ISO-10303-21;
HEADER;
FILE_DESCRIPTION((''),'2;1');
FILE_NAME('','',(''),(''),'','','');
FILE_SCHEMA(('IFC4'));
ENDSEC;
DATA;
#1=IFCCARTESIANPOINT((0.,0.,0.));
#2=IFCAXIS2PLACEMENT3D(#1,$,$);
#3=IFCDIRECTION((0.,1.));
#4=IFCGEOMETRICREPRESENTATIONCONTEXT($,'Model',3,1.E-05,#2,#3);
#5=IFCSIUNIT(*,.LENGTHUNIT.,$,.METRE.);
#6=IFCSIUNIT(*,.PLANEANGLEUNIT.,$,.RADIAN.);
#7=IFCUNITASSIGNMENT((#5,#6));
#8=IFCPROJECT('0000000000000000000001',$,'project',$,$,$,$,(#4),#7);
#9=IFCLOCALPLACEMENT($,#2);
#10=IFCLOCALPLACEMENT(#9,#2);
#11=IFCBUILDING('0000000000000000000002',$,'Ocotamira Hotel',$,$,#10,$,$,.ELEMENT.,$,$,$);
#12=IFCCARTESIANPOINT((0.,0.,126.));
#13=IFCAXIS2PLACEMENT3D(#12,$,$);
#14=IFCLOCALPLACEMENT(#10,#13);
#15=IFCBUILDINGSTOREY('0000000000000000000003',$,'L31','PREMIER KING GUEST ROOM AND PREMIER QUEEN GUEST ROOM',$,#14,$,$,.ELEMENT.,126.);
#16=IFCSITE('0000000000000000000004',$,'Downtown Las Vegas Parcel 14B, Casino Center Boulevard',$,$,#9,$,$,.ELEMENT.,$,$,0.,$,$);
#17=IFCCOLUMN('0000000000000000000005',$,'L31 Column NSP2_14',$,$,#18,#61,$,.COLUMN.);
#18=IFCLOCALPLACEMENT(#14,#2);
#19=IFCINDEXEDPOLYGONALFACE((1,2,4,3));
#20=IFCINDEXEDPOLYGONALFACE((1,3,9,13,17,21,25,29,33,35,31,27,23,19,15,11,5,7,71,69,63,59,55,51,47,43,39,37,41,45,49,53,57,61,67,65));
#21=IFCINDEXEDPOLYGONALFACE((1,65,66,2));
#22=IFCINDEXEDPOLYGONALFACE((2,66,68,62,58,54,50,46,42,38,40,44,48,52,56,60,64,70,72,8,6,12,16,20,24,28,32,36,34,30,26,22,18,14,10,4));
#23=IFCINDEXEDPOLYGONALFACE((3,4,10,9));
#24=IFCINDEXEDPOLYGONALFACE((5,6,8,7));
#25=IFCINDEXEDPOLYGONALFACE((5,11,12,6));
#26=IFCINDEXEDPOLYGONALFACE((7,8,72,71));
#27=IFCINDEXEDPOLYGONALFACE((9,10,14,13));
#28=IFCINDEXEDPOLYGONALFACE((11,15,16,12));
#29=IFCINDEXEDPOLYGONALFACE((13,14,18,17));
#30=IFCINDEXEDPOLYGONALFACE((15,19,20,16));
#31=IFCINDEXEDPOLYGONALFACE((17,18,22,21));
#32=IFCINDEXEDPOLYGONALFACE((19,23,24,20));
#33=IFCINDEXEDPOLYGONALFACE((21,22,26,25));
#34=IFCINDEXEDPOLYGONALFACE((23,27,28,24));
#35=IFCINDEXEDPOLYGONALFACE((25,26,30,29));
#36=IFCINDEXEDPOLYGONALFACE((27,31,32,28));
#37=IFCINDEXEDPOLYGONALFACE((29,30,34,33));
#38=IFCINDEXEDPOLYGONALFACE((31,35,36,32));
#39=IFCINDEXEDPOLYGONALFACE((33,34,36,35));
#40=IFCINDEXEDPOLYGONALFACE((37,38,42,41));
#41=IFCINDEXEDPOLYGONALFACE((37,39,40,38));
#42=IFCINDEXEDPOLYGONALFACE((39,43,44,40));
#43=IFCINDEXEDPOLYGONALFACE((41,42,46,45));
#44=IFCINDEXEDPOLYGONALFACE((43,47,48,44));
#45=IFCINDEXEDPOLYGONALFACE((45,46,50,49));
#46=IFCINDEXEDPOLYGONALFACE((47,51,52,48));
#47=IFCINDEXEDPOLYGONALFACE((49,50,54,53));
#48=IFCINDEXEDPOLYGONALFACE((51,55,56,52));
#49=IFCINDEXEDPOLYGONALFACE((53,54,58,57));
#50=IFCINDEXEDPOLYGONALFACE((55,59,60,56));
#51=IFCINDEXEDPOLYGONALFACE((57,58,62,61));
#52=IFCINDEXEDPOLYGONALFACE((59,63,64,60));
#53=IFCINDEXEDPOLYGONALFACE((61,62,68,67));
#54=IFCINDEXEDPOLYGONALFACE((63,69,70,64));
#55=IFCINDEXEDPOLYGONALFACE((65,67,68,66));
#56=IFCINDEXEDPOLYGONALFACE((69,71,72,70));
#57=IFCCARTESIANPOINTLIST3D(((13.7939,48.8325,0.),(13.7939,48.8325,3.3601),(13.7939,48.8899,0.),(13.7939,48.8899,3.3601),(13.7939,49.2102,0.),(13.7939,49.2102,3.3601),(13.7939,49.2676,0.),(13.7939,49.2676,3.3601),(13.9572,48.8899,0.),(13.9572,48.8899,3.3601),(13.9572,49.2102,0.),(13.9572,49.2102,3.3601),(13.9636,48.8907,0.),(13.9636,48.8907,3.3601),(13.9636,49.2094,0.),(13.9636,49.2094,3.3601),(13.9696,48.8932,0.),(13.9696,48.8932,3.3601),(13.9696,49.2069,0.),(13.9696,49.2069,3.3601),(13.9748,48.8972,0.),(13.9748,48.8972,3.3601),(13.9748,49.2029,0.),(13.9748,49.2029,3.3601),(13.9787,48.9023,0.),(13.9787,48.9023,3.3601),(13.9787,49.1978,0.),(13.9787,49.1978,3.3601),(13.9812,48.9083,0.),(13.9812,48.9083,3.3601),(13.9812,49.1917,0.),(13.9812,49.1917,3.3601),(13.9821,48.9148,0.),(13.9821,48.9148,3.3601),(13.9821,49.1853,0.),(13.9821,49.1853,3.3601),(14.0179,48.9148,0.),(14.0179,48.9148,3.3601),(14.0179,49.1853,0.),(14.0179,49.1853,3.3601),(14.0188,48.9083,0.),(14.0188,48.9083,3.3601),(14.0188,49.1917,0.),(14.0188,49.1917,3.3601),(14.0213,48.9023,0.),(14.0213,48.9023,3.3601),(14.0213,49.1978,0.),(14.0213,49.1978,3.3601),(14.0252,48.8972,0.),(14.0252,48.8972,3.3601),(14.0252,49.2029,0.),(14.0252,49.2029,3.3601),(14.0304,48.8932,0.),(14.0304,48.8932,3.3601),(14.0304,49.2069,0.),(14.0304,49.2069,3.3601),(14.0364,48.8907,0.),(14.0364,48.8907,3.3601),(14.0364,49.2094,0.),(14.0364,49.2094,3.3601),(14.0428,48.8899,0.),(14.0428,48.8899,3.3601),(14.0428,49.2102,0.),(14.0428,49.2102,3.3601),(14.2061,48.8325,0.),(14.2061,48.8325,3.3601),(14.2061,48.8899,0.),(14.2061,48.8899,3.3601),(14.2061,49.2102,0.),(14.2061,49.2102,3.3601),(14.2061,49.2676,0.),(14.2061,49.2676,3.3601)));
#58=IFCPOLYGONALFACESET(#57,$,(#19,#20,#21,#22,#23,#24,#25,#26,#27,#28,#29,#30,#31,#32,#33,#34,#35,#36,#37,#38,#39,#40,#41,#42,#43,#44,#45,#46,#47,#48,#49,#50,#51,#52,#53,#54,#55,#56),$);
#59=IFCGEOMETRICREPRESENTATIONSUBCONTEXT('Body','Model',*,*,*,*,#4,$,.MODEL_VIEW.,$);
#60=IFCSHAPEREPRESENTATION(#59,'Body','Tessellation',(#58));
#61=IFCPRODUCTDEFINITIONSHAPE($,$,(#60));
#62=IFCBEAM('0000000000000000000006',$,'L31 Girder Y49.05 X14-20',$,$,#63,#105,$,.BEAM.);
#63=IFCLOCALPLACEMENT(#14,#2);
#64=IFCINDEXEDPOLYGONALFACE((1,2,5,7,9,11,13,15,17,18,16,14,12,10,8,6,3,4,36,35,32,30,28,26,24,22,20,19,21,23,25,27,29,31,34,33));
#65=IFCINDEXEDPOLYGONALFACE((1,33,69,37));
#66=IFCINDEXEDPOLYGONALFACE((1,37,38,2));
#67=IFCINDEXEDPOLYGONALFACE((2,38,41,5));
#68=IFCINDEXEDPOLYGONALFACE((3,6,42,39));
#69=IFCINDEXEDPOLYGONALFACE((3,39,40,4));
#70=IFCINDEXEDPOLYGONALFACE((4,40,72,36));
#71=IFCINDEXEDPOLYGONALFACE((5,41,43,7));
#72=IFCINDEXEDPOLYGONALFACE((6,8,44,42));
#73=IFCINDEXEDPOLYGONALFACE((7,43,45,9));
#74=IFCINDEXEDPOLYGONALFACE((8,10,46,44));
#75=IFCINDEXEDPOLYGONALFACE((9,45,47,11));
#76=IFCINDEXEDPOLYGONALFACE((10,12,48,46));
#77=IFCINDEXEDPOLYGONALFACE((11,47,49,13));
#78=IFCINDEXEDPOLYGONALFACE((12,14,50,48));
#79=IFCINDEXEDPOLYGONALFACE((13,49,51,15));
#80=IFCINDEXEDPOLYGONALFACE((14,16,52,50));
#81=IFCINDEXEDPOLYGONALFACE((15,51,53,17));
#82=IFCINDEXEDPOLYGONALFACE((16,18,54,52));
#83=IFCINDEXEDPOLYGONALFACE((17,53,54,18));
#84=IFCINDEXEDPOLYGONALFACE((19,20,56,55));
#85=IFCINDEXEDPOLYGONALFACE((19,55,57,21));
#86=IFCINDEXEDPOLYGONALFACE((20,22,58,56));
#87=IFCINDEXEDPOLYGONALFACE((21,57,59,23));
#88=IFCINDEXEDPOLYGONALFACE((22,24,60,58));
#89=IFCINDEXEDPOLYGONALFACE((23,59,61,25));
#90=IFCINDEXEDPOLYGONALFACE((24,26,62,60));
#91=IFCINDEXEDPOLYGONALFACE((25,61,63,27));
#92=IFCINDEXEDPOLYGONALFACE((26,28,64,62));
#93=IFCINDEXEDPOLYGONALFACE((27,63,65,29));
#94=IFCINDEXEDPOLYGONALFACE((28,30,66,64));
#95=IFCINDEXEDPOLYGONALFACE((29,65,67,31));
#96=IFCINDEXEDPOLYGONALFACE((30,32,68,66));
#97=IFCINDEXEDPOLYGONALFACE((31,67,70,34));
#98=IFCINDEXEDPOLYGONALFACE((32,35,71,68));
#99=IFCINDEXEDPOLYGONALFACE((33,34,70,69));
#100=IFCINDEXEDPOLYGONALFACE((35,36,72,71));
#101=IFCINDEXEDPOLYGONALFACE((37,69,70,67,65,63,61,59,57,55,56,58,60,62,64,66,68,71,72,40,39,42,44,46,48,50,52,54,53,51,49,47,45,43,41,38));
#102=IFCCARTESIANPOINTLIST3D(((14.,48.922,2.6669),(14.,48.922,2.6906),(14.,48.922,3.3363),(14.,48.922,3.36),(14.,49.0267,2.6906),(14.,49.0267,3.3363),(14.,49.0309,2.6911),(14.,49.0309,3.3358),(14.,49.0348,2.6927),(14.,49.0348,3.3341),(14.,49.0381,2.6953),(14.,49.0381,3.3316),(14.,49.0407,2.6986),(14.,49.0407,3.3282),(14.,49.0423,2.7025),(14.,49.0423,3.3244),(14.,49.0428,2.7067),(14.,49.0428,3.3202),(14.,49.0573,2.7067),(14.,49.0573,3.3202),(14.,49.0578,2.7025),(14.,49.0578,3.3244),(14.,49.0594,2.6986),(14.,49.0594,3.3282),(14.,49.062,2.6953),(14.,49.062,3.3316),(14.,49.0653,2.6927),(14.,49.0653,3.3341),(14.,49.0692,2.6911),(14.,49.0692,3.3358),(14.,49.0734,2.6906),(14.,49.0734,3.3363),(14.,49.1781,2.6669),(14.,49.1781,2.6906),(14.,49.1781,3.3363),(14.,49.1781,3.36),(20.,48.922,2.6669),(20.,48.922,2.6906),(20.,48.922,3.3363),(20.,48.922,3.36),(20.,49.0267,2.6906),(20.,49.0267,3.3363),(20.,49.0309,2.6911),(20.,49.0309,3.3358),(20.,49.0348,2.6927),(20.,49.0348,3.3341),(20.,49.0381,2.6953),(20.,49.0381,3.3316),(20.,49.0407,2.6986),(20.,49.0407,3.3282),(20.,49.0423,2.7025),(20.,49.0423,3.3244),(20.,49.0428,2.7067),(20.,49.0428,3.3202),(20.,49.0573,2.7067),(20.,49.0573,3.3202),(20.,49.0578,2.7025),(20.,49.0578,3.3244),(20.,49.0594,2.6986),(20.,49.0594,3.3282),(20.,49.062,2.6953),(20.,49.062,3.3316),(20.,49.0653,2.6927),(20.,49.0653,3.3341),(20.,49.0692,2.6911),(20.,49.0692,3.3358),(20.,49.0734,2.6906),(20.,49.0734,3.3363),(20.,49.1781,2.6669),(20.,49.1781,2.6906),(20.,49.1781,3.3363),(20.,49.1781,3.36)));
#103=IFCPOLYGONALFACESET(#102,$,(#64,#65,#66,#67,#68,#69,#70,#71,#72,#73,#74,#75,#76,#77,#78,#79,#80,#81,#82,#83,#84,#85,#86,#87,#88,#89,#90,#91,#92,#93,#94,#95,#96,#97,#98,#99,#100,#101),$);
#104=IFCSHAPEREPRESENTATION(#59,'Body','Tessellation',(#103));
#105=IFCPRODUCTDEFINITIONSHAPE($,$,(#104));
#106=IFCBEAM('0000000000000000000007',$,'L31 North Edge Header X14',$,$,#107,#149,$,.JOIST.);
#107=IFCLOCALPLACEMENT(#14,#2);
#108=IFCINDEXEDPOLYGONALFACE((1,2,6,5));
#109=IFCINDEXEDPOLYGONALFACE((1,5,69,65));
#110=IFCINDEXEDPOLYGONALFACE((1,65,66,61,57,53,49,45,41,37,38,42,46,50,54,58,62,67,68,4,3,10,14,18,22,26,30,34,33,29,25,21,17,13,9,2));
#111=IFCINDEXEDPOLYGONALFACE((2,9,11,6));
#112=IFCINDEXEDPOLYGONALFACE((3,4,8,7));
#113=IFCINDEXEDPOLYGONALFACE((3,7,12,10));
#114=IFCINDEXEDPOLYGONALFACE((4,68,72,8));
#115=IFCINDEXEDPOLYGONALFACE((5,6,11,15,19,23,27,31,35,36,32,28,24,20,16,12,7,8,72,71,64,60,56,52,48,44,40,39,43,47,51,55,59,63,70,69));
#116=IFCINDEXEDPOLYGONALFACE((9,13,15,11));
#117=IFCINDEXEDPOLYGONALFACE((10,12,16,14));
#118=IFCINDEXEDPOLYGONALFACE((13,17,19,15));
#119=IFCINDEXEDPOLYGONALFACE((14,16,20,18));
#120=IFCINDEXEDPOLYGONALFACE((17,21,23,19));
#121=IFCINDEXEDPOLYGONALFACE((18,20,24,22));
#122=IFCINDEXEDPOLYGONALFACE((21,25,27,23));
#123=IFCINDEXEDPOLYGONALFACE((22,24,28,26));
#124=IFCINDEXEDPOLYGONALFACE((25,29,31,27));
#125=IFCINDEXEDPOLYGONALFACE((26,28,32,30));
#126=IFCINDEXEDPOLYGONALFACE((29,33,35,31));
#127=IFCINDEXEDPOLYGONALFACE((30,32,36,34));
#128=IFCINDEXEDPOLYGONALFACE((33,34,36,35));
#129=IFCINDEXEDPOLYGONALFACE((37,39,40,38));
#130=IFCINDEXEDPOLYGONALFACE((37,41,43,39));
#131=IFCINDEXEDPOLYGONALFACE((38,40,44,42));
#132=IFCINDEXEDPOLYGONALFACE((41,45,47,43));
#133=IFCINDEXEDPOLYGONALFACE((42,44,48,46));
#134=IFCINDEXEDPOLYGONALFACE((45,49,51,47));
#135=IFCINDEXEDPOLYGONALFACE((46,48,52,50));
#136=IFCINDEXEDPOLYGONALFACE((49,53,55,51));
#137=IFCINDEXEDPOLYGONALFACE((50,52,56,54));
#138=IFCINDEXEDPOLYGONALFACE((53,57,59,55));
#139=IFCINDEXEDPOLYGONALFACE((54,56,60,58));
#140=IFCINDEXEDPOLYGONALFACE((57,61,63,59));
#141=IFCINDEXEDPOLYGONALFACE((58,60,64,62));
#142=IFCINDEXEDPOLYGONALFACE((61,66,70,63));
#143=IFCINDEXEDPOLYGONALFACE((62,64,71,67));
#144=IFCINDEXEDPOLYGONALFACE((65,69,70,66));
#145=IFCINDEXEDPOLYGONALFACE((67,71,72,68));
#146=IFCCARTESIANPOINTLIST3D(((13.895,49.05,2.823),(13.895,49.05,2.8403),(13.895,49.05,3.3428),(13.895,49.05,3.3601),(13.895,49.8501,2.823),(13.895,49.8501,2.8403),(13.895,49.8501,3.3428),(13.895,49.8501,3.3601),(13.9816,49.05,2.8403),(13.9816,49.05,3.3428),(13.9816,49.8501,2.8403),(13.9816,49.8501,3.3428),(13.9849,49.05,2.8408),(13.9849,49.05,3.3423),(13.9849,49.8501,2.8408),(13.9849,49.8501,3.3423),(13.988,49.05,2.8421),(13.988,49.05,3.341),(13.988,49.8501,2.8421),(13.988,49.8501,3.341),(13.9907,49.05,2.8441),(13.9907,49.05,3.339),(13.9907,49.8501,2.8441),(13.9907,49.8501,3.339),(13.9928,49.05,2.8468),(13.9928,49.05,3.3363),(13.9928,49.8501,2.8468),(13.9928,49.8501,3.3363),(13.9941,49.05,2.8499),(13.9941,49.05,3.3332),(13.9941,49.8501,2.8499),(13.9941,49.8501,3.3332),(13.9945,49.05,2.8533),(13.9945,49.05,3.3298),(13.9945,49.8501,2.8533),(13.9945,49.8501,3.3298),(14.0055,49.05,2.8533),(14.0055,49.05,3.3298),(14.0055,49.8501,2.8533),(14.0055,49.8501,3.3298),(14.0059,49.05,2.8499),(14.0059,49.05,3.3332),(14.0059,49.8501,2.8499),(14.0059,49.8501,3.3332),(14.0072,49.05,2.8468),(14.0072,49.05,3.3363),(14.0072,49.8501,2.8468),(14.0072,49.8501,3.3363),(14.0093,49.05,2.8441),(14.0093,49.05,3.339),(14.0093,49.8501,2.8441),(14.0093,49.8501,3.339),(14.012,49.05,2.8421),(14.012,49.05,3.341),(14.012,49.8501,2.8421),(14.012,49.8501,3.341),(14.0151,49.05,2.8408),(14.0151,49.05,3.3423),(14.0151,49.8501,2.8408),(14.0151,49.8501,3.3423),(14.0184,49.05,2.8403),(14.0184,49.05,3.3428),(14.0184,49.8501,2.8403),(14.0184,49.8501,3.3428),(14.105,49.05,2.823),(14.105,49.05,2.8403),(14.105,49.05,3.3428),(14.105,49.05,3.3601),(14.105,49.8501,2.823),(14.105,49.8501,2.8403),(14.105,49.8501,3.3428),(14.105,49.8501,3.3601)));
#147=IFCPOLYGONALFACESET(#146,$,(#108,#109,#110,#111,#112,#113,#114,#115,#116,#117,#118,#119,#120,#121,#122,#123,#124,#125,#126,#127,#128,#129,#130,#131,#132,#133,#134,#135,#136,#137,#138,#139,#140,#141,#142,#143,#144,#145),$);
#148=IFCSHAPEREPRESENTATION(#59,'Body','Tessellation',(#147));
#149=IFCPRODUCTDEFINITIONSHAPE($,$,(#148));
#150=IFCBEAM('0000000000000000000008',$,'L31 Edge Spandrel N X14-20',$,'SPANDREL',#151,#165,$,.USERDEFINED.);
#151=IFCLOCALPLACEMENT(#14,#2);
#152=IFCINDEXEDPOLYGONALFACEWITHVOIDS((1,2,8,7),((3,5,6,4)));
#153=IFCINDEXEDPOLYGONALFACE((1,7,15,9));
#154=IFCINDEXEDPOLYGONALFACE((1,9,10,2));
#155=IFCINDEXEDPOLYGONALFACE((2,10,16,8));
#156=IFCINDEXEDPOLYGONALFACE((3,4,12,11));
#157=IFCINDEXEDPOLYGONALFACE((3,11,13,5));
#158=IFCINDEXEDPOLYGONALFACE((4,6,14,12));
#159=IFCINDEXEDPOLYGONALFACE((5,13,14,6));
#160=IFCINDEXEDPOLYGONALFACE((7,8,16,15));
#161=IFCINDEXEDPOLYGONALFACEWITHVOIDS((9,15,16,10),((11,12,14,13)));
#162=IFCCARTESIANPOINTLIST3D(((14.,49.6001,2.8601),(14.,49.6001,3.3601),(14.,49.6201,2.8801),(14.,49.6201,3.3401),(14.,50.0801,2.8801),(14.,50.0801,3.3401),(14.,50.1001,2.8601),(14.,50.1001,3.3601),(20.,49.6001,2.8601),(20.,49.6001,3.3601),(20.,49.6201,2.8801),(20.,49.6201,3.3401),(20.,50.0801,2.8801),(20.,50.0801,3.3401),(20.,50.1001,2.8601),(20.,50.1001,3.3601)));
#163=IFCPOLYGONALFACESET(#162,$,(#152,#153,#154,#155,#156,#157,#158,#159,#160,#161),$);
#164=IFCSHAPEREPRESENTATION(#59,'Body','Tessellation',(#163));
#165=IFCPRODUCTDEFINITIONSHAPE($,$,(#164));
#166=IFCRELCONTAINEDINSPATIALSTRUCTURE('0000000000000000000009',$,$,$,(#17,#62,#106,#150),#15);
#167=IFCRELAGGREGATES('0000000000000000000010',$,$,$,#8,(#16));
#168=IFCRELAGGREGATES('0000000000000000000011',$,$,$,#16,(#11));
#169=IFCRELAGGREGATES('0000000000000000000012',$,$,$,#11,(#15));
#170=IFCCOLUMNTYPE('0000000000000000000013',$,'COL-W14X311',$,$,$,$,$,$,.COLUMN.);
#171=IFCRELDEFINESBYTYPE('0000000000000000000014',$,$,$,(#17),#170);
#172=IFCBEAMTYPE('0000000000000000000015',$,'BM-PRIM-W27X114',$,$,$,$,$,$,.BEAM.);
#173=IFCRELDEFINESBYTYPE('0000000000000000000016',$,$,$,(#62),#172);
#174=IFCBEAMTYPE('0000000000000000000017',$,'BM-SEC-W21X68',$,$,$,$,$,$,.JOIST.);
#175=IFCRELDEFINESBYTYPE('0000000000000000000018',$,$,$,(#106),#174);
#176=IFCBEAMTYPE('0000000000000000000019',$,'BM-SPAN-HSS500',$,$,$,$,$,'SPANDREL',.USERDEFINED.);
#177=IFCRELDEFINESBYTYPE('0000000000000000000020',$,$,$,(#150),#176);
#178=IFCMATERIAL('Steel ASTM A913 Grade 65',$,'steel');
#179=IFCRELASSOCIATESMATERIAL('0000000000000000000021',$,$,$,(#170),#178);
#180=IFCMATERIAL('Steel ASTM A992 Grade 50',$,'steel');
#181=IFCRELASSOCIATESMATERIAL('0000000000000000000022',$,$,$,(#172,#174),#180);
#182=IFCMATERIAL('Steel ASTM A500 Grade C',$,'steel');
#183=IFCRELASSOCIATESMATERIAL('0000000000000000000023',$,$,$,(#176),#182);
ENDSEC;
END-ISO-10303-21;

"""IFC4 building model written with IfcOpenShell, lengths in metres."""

from ifc_helpers import new_model, si_unit, direction, frame, origin, origin_2d, place, context, subcontext, project, spatial, hollow_rectangle, i_section, extrude, source, transform, mapped, material, material_profile, profile_set, type_object, element, save


model = new_model("IFC4")

# Units and contexts
model_context = context("Model", 3, precision=1e-05, world=origin(), true_north=direction((0.0, 1.0)))
body_context = subcontext(model_context, "Body", "Model", "MODEL_VIEW")
ifc_project = project(units=[si_unit("LENGTHUNIT", "METRE"), si_unit("PLANEANGLEUNIT", "RADIAN")], contexts=[model_context])

# Site, building, storey
site_placement = place(None, origin())
site = spatial("IfcSite", under=ifc_project, at=site_placement, Name="Downtown Las Vegas Parcel 14B, Casino Center Boulevard", CompositionType="ELEMENT", RefElevation=0.0)
building_placement = place(site_placement, origin())
building = spatial("IfcBuilding", under=site, at=building_placement, Name="Ocotamira Hotel", CompositionType="ELEMENT")
storey_placement = place(building_placement, frame((0.0, 0.0, 126.0)))
storey = spatial("IfcBuildingStorey", under=building, at=storey_placement, Name="L31", Description="PREMIER KING GUEST ROOM AND PREMIER QUEEN GUEST ROOM", CompositionType="ELEMENT", Elevation=126.0)

# Column
ifc_material_1 = material(Name="Steel ASTM A913 Grade 65", Category="steel")
ifc_material_profile_1 = material_profile(ifc_material_1, i_section(OverallWidth=0.4121, OverallDepth=0.4351, WebThickness=0.0359, FlangeThickness=0.0574, FilletRadius=0.0249, at=origin_2d()), Name="W14X311")
ifc_profile_set_1 = profile_set([ifc_material_profile_1], Name="Steel ASTM A913 Grade 65")
column_type = type_object("IfcColumnType", Name="COL-W14X311", PredefinedType="COLUMN", material=ifc_profile_set_1)
shared_shape_1 = source(origin(), body_context, "Body", "SweptSolid", [
    extrude(i_section(OverallWidth=0.4121, OverallDepth=0.4351, WebThickness=0.0359, FlangeThickness=0.0574, FilletRadius=0.0249, at=origin_2d()), origin(), (0.0, 0.0, 1.0), 3.3601),
])
column_placement = place(storey_placement, frame((14.0, 49.05, 0.0), z_axis=(0.0, 0.0, 1.0), x_axis=(1.0, 0.0, 0.0)))
element("IfcColumn", 1, at=column_placement, inside=storey, type_object=column_type, Name="L31 Column NSP2_14", PredefinedType="COLUMN", context=body_context, shape_type="MappedRepresentation", body=[
    mapped(shared_shape_1, transform((0.0, 0.0, 0.0), scale=1.0)),
])

# Beams
ifc_material_2 = material(Name="Steel ASTM A992 Grade 50", Category="steel")
ifc_material_profile_2 = material_profile(ifc_material_2, i_section(OverallWidth=0.2561, OverallDepth=0.6931, WebThickness=0.0144, FlangeThickness=0.0237, FilletRadius=0.0161, at=origin_2d()), Name="W27X114")
ifc_profile_set_2 = profile_set([ifc_material_profile_2], Name="Steel ASTM A992 Grade 50")
beam_type_1 = type_object("IfcBeamType", Name="BM-PRIM-W27X114", PredefinedType="BEAM", material=ifc_profile_set_2)
shared_shape_2 = source(origin(), body_context, "Body", "SweptSolid", [
    extrude(i_section(OverallWidth=0.2561, OverallDepth=0.6931, WebThickness=0.0144, FlangeThickness=0.0237, FilletRadius=0.0161, at=origin_2d()), origin(), (0.0, 0.0, 1.0), 6.0),
])
beam_1_placement = place(storey_placement, frame((14.0, 49.05, 3.0134), z_axis=(1.0, 0.0, 0.0), x_axis=(0.0, 1.0, 0.0)))
element("IfcBeam", 2, at=beam_1_placement, inside=storey, type_object=beam_type_1, Name="L31 Girder Y49.05 X14-20", PredefinedType="BEAM", context=body_context, shape_type="MappedRepresentation", body=[
    mapped(shared_shape_2, transform((0.0, 0.0, 0.0), scale=1.0)),
])
ifc_material_profile_3 = material_profile(ifc_material_2, i_section(OverallWidth=0.21, OverallDepth=0.5371, WebThickness=0.011, FlangeThickness=0.0173, FilletRadius=0.0129, at=origin_2d()), Name="W21X68")
ifc_profile_set_3 = profile_set([ifc_material_profile_3], Name="Steel ASTM A992 Grade 50")
beam_type_2 = type_object("IfcBeamType", Name="BM-SEC-W21X68", PredefinedType="JOIST", material=ifc_profile_set_3)
shared_shape_3 = source(origin(), body_context, "Body", "SweptSolid", [
    extrude(i_section(OverallWidth=0.21, OverallDepth=0.5371, WebThickness=0.011, FlangeThickness=0.0173, FilletRadius=0.0129, at=origin_2d()), origin(), (0.0, 0.0, 1.0), 0.8),
])
beam_2_placement = place(storey_placement, frame((14.0, 49.05, 3.0916), z_axis=(0.0, 1.0, 0.0), x_axis=(-1.0, 0.0, 0.0)))
element("IfcBeam", 3, at=beam_2_placement, inside=storey, type_object=beam_type_2, Name="L31 North Edge Header X14", PredefinedType="JOIST", context=body_context, shape_type="MappedRepresentation", body=[
    mapped(shared_shape_3, transform((0.0, 0.0, 0.0), scale=1.0)),
])
ifc_material_3 = material(Name="Steel ASTM A500 Grade C", Category="steel")
ifc_material_profile_4 = material_profile(ifc_material_3, hollow_rectangle(XDim=0.5, YDim=0.5, WallThickness=0.02, at=origin_2d()), Name="HSS500X500X20")
ifc_profile_set_4 = profile_set([ifc_material_profile_4], Name="Steel ASTM A500 Grade C")
beam_type_3 = type_object("IfcBeamType", Name="BM-SPAN-HSS500", ElementType="SPANDREL", PredefinedType="USERDEFINED", material=ifc_profile_set_4)
shared_shape_4 = source(origin(), body_context, "Body", "SweptSolid", [
    extrude(hollow_rectangle(XDim=0.5, YDim=0.5, WallThickness=0.02, at=origin_2d()), origin(), (0.0, 0.0, 1.0), 6.0),
])
beam_3_placement = place(storey_placement, frame((14.0, 49.8501, 3.1101), z_axis=(1.0, 0.0, 0.0), x_axis=(0.0, 1.0, 0.0)))
element("IfcBeam", 4, at=beam_3_placement, inside=storey, type_object=beam_type_3, Name="L31 Edge Spandrel N X14-20", ObjectType="SPANDREL", PredefinedType="USERDEFINED", context=body_context, shape_type="MappedRepresentation", body=[
    mapped(shared_shape_4, transform((0.0, 0.0, 0.0), scale=1.0)),
])

save(model, "model.ifc")
